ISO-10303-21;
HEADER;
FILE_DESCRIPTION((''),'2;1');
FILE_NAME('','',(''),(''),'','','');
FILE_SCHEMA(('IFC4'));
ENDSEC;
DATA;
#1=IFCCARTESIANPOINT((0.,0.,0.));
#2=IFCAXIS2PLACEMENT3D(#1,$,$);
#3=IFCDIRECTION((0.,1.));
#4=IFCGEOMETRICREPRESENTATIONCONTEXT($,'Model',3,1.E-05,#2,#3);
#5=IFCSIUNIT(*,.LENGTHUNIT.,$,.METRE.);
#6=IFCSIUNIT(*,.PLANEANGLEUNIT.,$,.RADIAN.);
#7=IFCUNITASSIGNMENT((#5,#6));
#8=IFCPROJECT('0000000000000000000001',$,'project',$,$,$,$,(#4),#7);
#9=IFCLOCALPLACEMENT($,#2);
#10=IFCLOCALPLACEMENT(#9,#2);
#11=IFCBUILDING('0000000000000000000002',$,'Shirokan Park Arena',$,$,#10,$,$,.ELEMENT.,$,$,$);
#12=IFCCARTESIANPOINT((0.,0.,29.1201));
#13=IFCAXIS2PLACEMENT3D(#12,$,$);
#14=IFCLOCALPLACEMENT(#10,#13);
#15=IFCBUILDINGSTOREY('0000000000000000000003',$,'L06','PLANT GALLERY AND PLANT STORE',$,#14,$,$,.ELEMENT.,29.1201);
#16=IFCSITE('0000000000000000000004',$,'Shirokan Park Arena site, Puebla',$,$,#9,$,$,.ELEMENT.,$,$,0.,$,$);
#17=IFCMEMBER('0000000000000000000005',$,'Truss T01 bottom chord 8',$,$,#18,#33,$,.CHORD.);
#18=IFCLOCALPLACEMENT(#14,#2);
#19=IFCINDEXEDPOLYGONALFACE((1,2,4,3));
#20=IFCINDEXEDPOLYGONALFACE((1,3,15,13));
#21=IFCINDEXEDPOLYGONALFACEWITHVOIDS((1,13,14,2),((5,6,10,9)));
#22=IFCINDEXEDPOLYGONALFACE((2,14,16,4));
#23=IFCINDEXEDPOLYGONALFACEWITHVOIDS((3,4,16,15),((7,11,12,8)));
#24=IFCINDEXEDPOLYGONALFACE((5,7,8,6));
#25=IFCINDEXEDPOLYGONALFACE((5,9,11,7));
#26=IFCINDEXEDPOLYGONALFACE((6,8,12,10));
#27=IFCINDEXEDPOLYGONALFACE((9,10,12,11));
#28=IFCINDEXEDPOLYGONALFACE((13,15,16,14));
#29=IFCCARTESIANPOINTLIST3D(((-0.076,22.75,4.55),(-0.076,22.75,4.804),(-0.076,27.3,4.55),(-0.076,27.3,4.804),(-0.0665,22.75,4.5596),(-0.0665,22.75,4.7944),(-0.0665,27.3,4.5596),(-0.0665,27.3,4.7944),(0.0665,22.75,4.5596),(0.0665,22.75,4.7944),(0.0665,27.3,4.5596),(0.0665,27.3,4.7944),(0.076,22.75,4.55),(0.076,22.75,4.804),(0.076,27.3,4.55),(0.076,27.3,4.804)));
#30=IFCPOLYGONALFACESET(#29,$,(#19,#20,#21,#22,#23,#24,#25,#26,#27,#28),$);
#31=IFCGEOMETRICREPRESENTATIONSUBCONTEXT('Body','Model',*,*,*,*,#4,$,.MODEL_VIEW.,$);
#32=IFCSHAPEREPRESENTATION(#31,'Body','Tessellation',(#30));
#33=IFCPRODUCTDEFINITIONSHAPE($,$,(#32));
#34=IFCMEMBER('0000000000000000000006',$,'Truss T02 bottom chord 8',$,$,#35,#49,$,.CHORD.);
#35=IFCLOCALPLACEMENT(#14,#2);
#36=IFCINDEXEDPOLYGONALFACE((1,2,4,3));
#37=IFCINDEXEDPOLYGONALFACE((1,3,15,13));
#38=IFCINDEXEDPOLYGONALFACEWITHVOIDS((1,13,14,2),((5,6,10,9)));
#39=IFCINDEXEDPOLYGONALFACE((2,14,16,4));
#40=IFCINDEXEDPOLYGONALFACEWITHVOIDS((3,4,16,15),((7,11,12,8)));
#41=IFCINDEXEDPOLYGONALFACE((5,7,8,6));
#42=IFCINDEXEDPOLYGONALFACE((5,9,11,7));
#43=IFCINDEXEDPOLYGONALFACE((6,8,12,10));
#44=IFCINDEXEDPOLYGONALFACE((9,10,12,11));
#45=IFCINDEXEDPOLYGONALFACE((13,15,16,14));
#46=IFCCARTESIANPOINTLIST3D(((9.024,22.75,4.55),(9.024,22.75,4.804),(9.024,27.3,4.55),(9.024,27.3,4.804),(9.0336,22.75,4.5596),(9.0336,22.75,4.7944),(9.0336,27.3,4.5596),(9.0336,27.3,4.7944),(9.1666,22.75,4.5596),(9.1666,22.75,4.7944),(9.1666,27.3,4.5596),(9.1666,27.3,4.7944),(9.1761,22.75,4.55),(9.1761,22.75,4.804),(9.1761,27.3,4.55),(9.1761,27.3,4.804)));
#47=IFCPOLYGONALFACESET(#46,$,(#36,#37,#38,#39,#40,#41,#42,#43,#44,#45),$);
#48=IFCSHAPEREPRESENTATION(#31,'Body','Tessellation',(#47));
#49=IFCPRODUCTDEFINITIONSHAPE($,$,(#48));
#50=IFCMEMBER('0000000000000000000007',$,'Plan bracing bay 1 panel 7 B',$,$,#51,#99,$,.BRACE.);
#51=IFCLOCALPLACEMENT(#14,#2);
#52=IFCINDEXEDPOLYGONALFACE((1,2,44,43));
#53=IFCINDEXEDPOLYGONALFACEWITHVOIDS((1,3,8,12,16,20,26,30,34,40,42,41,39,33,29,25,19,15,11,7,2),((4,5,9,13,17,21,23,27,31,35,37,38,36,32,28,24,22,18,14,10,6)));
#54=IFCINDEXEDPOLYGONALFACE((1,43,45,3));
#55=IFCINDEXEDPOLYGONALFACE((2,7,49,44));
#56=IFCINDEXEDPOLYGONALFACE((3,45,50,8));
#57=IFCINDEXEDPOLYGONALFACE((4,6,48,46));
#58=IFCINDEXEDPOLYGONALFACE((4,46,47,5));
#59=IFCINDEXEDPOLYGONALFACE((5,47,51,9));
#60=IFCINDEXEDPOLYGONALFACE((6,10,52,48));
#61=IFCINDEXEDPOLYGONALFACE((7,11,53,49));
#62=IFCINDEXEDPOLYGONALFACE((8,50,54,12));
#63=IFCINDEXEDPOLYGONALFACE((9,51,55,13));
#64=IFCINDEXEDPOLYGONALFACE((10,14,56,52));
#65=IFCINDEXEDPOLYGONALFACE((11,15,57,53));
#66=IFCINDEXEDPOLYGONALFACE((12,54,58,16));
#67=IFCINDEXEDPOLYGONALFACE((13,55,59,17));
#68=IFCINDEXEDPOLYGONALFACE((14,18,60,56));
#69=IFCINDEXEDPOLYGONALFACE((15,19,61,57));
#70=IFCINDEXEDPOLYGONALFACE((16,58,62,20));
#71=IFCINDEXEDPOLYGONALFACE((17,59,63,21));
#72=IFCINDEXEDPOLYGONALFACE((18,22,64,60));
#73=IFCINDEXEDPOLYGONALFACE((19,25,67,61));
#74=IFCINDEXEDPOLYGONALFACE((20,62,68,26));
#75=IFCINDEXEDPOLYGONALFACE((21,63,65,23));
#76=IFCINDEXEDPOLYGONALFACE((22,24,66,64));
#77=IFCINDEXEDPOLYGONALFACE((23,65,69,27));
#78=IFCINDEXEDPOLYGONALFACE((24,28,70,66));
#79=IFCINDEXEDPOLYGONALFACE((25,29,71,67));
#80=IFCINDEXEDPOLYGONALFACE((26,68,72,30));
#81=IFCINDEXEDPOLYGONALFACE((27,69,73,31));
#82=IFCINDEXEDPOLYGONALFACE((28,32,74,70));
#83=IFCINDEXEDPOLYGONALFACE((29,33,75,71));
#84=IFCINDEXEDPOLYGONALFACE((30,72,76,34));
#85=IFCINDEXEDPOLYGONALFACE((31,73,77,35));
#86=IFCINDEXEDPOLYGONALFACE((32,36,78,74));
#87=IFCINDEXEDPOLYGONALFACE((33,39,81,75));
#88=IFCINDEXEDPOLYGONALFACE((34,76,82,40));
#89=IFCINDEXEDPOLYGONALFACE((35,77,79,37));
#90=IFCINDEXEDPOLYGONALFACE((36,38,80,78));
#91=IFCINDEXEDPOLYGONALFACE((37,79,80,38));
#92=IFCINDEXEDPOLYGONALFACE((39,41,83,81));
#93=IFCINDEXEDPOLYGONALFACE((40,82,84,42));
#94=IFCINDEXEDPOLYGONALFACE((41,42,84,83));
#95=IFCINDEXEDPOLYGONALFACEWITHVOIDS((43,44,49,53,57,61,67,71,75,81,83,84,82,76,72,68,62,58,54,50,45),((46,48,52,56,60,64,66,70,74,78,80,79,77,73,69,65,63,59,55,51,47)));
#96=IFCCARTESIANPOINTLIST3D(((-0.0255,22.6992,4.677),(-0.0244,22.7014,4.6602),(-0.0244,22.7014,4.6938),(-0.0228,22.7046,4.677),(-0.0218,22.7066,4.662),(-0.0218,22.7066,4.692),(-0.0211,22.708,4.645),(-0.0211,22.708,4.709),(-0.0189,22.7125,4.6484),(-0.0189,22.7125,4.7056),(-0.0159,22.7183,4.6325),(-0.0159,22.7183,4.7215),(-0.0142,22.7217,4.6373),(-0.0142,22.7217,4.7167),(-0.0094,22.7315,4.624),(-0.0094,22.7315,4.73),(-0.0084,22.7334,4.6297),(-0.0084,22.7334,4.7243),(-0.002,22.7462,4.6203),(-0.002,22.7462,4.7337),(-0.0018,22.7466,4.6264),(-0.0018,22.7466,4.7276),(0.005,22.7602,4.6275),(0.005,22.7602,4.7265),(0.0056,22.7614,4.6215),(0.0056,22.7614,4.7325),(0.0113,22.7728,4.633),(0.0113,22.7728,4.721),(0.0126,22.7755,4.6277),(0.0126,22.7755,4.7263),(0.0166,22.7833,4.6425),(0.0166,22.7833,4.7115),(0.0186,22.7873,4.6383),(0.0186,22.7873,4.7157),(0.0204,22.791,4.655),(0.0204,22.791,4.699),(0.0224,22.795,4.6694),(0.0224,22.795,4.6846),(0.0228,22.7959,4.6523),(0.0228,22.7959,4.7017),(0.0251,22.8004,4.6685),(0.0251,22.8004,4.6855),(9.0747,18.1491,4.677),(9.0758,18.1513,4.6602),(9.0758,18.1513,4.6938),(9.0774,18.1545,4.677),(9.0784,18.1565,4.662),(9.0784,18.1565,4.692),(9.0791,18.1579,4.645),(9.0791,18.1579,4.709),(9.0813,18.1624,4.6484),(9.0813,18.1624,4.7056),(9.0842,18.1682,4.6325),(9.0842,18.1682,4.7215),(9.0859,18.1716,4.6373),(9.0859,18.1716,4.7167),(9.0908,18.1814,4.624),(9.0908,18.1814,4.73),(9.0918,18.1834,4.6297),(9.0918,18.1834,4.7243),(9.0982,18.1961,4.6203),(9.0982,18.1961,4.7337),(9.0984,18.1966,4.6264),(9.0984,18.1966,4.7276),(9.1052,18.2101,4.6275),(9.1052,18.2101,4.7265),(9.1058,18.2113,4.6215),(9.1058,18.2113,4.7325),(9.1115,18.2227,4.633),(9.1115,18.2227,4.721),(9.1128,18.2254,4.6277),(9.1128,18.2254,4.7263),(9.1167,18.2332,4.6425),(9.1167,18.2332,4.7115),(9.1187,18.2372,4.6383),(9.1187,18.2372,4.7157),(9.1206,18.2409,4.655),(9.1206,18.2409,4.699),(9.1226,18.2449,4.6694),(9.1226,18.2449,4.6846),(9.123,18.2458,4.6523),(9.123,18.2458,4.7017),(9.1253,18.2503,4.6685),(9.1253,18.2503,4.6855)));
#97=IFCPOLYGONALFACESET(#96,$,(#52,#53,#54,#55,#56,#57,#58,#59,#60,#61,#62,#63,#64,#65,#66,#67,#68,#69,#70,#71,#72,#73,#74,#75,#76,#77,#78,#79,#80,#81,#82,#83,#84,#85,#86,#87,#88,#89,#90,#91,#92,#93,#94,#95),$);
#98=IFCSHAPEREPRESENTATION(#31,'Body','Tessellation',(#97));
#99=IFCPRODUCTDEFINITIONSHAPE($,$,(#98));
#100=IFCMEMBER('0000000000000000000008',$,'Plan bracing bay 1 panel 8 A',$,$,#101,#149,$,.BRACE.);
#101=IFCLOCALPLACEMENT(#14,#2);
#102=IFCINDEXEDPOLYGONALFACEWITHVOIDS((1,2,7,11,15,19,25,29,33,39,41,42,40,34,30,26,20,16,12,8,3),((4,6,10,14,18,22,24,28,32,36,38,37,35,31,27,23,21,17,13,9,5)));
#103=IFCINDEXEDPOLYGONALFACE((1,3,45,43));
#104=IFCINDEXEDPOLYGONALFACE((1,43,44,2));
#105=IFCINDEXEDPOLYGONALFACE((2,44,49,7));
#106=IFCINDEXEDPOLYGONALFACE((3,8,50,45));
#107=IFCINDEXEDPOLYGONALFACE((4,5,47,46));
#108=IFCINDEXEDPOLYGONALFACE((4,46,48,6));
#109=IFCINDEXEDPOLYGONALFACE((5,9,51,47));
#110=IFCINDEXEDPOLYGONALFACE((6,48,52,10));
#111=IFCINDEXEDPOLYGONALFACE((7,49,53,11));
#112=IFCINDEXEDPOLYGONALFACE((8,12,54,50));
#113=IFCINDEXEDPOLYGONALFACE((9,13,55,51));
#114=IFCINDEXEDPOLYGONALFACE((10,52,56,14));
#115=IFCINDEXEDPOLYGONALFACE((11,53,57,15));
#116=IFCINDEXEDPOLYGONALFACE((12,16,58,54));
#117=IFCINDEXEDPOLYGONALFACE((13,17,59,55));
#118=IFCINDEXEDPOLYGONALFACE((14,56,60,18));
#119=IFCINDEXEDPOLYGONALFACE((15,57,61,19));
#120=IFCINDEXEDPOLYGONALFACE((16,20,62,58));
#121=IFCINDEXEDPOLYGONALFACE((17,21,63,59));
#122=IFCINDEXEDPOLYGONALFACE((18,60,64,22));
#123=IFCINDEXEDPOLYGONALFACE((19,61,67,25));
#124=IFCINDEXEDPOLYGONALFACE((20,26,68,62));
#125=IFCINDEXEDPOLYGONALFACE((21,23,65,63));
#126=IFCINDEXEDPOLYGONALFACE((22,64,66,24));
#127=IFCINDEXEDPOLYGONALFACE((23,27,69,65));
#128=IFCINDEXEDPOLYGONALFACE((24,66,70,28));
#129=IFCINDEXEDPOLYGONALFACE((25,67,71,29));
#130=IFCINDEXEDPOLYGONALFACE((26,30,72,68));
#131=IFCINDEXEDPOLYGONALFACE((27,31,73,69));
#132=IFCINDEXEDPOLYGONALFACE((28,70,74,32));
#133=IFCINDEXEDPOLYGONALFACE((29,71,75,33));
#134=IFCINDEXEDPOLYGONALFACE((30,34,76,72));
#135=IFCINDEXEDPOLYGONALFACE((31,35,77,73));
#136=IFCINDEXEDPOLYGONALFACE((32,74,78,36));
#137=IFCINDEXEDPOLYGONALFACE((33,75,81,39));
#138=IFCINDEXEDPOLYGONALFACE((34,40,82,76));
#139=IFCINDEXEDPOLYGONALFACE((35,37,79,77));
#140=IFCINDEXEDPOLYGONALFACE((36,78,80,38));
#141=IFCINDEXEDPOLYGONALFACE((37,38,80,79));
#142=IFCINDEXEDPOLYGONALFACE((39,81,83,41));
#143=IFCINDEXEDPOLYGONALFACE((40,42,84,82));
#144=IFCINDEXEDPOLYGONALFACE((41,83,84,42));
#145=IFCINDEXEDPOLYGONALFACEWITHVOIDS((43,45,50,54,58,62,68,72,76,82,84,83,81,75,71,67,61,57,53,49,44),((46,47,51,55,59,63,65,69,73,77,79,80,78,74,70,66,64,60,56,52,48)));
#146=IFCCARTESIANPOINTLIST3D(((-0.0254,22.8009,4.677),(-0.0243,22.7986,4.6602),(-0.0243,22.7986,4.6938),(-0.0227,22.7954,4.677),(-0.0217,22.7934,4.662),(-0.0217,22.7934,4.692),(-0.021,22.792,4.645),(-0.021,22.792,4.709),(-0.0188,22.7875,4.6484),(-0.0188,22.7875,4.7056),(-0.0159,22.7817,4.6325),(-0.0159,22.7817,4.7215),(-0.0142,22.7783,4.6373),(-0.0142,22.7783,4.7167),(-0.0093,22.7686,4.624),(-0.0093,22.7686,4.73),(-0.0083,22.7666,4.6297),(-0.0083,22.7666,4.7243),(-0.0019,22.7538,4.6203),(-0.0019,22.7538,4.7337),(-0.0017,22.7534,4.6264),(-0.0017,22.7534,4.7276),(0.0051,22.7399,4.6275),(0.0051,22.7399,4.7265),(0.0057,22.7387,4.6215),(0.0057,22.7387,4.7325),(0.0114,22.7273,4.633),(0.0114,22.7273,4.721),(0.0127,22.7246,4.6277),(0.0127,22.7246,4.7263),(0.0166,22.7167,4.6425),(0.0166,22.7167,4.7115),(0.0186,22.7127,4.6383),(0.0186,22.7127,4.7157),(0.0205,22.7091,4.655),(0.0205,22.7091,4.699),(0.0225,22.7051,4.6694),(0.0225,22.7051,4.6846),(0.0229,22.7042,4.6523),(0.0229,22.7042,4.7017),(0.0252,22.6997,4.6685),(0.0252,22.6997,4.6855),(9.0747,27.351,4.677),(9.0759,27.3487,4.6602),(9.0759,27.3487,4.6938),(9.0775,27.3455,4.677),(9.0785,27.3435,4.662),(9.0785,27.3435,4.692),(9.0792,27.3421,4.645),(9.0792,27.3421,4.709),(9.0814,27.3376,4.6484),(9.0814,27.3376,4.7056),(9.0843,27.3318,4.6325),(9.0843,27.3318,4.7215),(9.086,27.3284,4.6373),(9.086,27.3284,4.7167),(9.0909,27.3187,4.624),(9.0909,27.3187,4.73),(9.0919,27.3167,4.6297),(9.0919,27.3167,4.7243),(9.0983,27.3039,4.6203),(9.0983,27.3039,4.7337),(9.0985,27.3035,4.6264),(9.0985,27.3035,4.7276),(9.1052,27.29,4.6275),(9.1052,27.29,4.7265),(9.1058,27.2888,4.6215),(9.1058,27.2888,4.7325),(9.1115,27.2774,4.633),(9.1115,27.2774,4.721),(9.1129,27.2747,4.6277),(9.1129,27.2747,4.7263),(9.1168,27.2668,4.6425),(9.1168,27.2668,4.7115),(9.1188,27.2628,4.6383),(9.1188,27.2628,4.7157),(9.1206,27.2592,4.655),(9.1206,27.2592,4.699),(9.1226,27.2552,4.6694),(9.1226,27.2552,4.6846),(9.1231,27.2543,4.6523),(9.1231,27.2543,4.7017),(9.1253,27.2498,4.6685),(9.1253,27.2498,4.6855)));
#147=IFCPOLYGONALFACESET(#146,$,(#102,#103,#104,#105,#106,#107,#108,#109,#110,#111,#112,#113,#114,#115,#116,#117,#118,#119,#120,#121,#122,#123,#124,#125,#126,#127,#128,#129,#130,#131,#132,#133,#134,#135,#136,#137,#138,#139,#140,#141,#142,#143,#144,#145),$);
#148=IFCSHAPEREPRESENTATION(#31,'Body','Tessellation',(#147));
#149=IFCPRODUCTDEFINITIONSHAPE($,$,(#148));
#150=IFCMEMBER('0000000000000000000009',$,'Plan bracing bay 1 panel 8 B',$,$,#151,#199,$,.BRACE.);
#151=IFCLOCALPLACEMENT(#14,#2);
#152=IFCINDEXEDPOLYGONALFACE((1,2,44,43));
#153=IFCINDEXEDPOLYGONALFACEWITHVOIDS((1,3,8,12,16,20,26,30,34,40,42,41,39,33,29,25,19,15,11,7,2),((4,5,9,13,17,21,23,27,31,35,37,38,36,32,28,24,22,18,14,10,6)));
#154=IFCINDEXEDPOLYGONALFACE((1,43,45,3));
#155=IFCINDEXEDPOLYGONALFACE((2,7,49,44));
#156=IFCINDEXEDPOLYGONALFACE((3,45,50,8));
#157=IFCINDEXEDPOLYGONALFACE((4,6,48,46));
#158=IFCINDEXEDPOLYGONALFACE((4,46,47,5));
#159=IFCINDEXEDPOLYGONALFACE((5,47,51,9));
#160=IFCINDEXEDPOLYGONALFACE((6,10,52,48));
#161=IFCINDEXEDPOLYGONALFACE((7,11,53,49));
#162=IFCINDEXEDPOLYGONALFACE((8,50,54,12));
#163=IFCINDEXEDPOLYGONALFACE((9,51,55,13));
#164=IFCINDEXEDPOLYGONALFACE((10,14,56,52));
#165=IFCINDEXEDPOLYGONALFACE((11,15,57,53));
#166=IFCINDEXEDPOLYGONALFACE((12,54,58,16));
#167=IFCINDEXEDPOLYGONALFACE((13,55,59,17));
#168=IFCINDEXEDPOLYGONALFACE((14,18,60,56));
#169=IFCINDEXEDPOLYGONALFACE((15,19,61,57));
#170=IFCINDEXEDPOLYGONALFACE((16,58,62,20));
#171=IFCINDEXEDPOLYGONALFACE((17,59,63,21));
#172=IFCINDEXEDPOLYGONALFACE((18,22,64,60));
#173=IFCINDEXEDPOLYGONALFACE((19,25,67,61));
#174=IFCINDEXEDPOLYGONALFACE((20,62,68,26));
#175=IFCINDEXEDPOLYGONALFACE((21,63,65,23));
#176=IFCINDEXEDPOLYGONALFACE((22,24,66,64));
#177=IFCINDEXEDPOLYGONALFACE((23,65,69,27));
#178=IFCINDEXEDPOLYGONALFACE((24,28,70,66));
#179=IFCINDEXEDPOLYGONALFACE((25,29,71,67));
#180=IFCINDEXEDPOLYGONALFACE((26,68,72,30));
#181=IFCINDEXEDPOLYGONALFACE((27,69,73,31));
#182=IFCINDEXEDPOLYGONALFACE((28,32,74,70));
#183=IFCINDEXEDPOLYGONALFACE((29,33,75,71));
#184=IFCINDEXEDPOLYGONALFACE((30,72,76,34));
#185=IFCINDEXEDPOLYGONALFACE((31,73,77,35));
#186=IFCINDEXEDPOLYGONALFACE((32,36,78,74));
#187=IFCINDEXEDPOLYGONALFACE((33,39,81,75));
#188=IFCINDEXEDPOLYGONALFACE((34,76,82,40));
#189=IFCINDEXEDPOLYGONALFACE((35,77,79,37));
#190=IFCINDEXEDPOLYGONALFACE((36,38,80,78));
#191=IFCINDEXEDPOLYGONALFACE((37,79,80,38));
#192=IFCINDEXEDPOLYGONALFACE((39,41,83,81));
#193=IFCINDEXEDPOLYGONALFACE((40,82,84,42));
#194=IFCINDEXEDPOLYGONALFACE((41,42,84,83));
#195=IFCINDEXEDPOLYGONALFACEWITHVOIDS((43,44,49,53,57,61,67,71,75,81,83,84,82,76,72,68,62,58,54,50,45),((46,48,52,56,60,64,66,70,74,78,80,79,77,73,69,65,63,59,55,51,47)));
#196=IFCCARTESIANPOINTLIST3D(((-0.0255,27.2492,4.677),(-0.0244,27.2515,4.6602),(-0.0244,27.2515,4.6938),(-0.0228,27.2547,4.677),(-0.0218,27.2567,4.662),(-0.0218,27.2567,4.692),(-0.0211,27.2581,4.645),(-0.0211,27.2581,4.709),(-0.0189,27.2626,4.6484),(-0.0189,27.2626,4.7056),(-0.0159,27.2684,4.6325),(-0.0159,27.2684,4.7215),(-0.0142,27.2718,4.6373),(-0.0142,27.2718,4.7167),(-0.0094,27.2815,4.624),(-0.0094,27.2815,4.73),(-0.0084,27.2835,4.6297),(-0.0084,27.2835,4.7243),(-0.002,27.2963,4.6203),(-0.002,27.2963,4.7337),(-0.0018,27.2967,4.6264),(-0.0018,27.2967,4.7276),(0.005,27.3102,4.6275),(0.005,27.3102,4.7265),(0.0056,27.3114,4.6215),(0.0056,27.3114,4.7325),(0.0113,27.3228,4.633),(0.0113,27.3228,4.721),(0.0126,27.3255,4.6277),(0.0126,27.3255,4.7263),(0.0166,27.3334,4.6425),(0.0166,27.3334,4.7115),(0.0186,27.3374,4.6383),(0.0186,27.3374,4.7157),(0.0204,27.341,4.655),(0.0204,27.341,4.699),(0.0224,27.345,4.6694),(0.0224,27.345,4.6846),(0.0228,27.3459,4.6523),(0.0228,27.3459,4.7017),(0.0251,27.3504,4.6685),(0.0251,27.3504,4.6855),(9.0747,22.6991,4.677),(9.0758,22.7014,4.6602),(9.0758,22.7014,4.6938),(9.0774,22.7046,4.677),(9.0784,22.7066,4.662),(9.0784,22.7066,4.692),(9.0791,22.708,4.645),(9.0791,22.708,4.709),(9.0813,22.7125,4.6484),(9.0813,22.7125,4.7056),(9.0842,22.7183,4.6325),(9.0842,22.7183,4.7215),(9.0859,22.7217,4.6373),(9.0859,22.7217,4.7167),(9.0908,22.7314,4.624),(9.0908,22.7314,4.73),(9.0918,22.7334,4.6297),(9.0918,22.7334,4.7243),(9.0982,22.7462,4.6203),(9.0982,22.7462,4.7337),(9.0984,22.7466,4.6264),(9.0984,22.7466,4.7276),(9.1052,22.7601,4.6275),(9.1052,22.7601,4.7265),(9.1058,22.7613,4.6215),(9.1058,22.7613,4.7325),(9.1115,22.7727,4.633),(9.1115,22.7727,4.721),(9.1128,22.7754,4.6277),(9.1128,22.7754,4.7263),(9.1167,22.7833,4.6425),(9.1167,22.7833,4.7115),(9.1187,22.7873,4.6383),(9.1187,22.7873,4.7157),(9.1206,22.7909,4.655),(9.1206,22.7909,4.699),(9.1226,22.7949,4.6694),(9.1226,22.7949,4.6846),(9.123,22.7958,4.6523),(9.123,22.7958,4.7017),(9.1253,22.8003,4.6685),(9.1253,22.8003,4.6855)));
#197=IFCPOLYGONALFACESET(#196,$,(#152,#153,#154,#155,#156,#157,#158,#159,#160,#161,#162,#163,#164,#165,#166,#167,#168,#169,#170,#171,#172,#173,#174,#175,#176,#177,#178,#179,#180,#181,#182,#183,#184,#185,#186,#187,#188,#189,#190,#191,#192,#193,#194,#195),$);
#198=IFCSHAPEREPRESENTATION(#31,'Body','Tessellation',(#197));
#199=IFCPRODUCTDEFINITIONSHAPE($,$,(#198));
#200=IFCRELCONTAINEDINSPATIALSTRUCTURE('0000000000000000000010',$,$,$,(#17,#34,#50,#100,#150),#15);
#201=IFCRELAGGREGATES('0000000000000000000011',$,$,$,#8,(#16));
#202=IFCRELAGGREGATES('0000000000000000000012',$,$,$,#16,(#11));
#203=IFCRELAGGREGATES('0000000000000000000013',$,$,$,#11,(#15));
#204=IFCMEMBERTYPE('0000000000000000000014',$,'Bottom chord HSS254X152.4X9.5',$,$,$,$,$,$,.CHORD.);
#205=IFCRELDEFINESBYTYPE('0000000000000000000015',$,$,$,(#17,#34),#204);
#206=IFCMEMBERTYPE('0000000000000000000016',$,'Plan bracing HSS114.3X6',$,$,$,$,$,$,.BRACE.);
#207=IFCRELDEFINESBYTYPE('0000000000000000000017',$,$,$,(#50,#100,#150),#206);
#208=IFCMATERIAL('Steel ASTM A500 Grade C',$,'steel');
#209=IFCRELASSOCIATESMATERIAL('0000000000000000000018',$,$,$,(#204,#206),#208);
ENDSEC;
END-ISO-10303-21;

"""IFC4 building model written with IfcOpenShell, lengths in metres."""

from ifc_helpers import new_model, si_unit, direction, frame, origin, origin_2d, place, context, subcontext, project, spatial, hollow_rectangle, hollow_circle, extrude, material, material_profile, profile_set, type_object, element, save


model = new_model("IFC4")

# Units and contexts
model_context = context("Model", 3, precision=1e-05, world=origin(), true_north=direction((0.0, 1.0)))
body_context = subcontext(model_context, "Body", "Model", "MODEL_VIEW")
ifc_project = project(units=[si_unit("LENGTHUNIT", "METRE"), si_unit("PLANEANGLEUNIT", "RADIAN")], contexts=[model_context])

# Site, building, storey
site_placement = place(None, origin())
site = spatial("IfcSite", under=ifc_project, at=site_placement, Name="Shirokan Park Arena site, Puebla", CompositionType="ELEMENT", RefElevation=0.0)
building_placement = place(site_placement, origin())
building = spatial("IfcBuilding", under=site, at=building_placement, Name="Shirokan Park Arena", CompositionType="ELEMENT")
storey_placement = place(building_placement, frame((0.0, 0.0, 29.1201)))
storey = spatial("IfcBuildingStorey", under=building, at=storey_placement, Name="L06", Description="PLANT GALLERY AND PLANT STORE", CompositionType="ELEMENT", Elevation=29.1201)

# Members
ifc_material_1 = material(Name="Steel ASTM A500 Grade C", Category="steel")
ifc_material_profile_1 = material_profile(ifc_material_1, hollow_rectangle(XDim=0.1521, YDim=0.2539, WallThickness=0.0095, at=origin_2d()), Name="HSS254X152.4X9.5")
ifc_profile_set_1 = profile_set([ifc_material_profile_1], Name="Steel ASTM A500 Grade C")
member_type_1 = type_object("IfcMemberType", Name="Bottom chord HSS254X152.4X9.5", PredefinedType="CHORD", material=ifc_profile_set_1)
for number, where, z_axis, x_axis, name in (
    (1, (0.0, 22.75, 4.677), (0.0, 1.0, 0.0), (-1.0, 0.0, 0.0), "Truss T01 bottom chord 8"),
    (2, (9.1001, 22.75, 4.677), (0.0, 1.0, 0.0), (-1.0, 0.0, 0.0), "Truss T02 bottom chord 8"),
):
    element("IfcMember", number, at=place(storey_placement, frame(where, z_axis=z_axis, x_axis=x_axis)), inside=storey, type_object=member_type_1, Name=name, PredefinedType="CHORD", context=body_context, shape_type="SweptSolid", body=[
        extrude(hollow_rectangle(XDim=0.1521, YDim=0.2539, WallThickness=0.0095, at=origin_2d()), origin(), (0.0, 0.0, 1.0), 4.55),
    ])
ifc_material_profile_2 = material_profile(ifc_material_1, hollow_circle(Radius=0.0569, WallThickness=0.0061, at=origin_2d()), Name="HSS114.3X6")
ifc_profile_set_2 = profile_set([ifc_material_profile_2], Name="Steel ASTM A500 Grade C")
member_type_2 = type_object("IfcMemberType", Name="Plan bracing HSS114.3X6", PredefinedType="BRACE", material=ifc_profile_set_2)
for number, where, z_axis, x_axis, name in (
    (3, (9.1001, 18.2, 4.677), (-0.894427, 0.447214, 0.0), (-0.447214, -0.894427, 0.0), "Plan bracing bay 1 panel 7 B"),
    (4, (0.0, 22.75, 4.677), (0.894427, 0.447214, 0.0), (-0.447214, 0.894427, 0.0), "Plan bracing bay 1 panel 8 A"),
    (5, (9.1001, 22.75, 4.677), (-0.894427, 0.447214, 0.0), (-0.447214, -0.894427, 0.0), "Plan bracing bay 1 panel 8 B"),
):
    element("IfcMember", number, at=place(storey_placement, frame(where, z_axis=z_axis, x_axis=x_axis)), inside=storey, type_object=member_type_2, Name=name, PredefinedType="BRACE", context=body_context, shape_type="SweptSolid", body=[
        extrude(hollow_circle(Radius=0.0569, WallThickness=0.0061, at=origin_2d()), origin(), (0.0, 0.0, 1.0), 10.1743),
    ])

save(model, "model.ifc")
